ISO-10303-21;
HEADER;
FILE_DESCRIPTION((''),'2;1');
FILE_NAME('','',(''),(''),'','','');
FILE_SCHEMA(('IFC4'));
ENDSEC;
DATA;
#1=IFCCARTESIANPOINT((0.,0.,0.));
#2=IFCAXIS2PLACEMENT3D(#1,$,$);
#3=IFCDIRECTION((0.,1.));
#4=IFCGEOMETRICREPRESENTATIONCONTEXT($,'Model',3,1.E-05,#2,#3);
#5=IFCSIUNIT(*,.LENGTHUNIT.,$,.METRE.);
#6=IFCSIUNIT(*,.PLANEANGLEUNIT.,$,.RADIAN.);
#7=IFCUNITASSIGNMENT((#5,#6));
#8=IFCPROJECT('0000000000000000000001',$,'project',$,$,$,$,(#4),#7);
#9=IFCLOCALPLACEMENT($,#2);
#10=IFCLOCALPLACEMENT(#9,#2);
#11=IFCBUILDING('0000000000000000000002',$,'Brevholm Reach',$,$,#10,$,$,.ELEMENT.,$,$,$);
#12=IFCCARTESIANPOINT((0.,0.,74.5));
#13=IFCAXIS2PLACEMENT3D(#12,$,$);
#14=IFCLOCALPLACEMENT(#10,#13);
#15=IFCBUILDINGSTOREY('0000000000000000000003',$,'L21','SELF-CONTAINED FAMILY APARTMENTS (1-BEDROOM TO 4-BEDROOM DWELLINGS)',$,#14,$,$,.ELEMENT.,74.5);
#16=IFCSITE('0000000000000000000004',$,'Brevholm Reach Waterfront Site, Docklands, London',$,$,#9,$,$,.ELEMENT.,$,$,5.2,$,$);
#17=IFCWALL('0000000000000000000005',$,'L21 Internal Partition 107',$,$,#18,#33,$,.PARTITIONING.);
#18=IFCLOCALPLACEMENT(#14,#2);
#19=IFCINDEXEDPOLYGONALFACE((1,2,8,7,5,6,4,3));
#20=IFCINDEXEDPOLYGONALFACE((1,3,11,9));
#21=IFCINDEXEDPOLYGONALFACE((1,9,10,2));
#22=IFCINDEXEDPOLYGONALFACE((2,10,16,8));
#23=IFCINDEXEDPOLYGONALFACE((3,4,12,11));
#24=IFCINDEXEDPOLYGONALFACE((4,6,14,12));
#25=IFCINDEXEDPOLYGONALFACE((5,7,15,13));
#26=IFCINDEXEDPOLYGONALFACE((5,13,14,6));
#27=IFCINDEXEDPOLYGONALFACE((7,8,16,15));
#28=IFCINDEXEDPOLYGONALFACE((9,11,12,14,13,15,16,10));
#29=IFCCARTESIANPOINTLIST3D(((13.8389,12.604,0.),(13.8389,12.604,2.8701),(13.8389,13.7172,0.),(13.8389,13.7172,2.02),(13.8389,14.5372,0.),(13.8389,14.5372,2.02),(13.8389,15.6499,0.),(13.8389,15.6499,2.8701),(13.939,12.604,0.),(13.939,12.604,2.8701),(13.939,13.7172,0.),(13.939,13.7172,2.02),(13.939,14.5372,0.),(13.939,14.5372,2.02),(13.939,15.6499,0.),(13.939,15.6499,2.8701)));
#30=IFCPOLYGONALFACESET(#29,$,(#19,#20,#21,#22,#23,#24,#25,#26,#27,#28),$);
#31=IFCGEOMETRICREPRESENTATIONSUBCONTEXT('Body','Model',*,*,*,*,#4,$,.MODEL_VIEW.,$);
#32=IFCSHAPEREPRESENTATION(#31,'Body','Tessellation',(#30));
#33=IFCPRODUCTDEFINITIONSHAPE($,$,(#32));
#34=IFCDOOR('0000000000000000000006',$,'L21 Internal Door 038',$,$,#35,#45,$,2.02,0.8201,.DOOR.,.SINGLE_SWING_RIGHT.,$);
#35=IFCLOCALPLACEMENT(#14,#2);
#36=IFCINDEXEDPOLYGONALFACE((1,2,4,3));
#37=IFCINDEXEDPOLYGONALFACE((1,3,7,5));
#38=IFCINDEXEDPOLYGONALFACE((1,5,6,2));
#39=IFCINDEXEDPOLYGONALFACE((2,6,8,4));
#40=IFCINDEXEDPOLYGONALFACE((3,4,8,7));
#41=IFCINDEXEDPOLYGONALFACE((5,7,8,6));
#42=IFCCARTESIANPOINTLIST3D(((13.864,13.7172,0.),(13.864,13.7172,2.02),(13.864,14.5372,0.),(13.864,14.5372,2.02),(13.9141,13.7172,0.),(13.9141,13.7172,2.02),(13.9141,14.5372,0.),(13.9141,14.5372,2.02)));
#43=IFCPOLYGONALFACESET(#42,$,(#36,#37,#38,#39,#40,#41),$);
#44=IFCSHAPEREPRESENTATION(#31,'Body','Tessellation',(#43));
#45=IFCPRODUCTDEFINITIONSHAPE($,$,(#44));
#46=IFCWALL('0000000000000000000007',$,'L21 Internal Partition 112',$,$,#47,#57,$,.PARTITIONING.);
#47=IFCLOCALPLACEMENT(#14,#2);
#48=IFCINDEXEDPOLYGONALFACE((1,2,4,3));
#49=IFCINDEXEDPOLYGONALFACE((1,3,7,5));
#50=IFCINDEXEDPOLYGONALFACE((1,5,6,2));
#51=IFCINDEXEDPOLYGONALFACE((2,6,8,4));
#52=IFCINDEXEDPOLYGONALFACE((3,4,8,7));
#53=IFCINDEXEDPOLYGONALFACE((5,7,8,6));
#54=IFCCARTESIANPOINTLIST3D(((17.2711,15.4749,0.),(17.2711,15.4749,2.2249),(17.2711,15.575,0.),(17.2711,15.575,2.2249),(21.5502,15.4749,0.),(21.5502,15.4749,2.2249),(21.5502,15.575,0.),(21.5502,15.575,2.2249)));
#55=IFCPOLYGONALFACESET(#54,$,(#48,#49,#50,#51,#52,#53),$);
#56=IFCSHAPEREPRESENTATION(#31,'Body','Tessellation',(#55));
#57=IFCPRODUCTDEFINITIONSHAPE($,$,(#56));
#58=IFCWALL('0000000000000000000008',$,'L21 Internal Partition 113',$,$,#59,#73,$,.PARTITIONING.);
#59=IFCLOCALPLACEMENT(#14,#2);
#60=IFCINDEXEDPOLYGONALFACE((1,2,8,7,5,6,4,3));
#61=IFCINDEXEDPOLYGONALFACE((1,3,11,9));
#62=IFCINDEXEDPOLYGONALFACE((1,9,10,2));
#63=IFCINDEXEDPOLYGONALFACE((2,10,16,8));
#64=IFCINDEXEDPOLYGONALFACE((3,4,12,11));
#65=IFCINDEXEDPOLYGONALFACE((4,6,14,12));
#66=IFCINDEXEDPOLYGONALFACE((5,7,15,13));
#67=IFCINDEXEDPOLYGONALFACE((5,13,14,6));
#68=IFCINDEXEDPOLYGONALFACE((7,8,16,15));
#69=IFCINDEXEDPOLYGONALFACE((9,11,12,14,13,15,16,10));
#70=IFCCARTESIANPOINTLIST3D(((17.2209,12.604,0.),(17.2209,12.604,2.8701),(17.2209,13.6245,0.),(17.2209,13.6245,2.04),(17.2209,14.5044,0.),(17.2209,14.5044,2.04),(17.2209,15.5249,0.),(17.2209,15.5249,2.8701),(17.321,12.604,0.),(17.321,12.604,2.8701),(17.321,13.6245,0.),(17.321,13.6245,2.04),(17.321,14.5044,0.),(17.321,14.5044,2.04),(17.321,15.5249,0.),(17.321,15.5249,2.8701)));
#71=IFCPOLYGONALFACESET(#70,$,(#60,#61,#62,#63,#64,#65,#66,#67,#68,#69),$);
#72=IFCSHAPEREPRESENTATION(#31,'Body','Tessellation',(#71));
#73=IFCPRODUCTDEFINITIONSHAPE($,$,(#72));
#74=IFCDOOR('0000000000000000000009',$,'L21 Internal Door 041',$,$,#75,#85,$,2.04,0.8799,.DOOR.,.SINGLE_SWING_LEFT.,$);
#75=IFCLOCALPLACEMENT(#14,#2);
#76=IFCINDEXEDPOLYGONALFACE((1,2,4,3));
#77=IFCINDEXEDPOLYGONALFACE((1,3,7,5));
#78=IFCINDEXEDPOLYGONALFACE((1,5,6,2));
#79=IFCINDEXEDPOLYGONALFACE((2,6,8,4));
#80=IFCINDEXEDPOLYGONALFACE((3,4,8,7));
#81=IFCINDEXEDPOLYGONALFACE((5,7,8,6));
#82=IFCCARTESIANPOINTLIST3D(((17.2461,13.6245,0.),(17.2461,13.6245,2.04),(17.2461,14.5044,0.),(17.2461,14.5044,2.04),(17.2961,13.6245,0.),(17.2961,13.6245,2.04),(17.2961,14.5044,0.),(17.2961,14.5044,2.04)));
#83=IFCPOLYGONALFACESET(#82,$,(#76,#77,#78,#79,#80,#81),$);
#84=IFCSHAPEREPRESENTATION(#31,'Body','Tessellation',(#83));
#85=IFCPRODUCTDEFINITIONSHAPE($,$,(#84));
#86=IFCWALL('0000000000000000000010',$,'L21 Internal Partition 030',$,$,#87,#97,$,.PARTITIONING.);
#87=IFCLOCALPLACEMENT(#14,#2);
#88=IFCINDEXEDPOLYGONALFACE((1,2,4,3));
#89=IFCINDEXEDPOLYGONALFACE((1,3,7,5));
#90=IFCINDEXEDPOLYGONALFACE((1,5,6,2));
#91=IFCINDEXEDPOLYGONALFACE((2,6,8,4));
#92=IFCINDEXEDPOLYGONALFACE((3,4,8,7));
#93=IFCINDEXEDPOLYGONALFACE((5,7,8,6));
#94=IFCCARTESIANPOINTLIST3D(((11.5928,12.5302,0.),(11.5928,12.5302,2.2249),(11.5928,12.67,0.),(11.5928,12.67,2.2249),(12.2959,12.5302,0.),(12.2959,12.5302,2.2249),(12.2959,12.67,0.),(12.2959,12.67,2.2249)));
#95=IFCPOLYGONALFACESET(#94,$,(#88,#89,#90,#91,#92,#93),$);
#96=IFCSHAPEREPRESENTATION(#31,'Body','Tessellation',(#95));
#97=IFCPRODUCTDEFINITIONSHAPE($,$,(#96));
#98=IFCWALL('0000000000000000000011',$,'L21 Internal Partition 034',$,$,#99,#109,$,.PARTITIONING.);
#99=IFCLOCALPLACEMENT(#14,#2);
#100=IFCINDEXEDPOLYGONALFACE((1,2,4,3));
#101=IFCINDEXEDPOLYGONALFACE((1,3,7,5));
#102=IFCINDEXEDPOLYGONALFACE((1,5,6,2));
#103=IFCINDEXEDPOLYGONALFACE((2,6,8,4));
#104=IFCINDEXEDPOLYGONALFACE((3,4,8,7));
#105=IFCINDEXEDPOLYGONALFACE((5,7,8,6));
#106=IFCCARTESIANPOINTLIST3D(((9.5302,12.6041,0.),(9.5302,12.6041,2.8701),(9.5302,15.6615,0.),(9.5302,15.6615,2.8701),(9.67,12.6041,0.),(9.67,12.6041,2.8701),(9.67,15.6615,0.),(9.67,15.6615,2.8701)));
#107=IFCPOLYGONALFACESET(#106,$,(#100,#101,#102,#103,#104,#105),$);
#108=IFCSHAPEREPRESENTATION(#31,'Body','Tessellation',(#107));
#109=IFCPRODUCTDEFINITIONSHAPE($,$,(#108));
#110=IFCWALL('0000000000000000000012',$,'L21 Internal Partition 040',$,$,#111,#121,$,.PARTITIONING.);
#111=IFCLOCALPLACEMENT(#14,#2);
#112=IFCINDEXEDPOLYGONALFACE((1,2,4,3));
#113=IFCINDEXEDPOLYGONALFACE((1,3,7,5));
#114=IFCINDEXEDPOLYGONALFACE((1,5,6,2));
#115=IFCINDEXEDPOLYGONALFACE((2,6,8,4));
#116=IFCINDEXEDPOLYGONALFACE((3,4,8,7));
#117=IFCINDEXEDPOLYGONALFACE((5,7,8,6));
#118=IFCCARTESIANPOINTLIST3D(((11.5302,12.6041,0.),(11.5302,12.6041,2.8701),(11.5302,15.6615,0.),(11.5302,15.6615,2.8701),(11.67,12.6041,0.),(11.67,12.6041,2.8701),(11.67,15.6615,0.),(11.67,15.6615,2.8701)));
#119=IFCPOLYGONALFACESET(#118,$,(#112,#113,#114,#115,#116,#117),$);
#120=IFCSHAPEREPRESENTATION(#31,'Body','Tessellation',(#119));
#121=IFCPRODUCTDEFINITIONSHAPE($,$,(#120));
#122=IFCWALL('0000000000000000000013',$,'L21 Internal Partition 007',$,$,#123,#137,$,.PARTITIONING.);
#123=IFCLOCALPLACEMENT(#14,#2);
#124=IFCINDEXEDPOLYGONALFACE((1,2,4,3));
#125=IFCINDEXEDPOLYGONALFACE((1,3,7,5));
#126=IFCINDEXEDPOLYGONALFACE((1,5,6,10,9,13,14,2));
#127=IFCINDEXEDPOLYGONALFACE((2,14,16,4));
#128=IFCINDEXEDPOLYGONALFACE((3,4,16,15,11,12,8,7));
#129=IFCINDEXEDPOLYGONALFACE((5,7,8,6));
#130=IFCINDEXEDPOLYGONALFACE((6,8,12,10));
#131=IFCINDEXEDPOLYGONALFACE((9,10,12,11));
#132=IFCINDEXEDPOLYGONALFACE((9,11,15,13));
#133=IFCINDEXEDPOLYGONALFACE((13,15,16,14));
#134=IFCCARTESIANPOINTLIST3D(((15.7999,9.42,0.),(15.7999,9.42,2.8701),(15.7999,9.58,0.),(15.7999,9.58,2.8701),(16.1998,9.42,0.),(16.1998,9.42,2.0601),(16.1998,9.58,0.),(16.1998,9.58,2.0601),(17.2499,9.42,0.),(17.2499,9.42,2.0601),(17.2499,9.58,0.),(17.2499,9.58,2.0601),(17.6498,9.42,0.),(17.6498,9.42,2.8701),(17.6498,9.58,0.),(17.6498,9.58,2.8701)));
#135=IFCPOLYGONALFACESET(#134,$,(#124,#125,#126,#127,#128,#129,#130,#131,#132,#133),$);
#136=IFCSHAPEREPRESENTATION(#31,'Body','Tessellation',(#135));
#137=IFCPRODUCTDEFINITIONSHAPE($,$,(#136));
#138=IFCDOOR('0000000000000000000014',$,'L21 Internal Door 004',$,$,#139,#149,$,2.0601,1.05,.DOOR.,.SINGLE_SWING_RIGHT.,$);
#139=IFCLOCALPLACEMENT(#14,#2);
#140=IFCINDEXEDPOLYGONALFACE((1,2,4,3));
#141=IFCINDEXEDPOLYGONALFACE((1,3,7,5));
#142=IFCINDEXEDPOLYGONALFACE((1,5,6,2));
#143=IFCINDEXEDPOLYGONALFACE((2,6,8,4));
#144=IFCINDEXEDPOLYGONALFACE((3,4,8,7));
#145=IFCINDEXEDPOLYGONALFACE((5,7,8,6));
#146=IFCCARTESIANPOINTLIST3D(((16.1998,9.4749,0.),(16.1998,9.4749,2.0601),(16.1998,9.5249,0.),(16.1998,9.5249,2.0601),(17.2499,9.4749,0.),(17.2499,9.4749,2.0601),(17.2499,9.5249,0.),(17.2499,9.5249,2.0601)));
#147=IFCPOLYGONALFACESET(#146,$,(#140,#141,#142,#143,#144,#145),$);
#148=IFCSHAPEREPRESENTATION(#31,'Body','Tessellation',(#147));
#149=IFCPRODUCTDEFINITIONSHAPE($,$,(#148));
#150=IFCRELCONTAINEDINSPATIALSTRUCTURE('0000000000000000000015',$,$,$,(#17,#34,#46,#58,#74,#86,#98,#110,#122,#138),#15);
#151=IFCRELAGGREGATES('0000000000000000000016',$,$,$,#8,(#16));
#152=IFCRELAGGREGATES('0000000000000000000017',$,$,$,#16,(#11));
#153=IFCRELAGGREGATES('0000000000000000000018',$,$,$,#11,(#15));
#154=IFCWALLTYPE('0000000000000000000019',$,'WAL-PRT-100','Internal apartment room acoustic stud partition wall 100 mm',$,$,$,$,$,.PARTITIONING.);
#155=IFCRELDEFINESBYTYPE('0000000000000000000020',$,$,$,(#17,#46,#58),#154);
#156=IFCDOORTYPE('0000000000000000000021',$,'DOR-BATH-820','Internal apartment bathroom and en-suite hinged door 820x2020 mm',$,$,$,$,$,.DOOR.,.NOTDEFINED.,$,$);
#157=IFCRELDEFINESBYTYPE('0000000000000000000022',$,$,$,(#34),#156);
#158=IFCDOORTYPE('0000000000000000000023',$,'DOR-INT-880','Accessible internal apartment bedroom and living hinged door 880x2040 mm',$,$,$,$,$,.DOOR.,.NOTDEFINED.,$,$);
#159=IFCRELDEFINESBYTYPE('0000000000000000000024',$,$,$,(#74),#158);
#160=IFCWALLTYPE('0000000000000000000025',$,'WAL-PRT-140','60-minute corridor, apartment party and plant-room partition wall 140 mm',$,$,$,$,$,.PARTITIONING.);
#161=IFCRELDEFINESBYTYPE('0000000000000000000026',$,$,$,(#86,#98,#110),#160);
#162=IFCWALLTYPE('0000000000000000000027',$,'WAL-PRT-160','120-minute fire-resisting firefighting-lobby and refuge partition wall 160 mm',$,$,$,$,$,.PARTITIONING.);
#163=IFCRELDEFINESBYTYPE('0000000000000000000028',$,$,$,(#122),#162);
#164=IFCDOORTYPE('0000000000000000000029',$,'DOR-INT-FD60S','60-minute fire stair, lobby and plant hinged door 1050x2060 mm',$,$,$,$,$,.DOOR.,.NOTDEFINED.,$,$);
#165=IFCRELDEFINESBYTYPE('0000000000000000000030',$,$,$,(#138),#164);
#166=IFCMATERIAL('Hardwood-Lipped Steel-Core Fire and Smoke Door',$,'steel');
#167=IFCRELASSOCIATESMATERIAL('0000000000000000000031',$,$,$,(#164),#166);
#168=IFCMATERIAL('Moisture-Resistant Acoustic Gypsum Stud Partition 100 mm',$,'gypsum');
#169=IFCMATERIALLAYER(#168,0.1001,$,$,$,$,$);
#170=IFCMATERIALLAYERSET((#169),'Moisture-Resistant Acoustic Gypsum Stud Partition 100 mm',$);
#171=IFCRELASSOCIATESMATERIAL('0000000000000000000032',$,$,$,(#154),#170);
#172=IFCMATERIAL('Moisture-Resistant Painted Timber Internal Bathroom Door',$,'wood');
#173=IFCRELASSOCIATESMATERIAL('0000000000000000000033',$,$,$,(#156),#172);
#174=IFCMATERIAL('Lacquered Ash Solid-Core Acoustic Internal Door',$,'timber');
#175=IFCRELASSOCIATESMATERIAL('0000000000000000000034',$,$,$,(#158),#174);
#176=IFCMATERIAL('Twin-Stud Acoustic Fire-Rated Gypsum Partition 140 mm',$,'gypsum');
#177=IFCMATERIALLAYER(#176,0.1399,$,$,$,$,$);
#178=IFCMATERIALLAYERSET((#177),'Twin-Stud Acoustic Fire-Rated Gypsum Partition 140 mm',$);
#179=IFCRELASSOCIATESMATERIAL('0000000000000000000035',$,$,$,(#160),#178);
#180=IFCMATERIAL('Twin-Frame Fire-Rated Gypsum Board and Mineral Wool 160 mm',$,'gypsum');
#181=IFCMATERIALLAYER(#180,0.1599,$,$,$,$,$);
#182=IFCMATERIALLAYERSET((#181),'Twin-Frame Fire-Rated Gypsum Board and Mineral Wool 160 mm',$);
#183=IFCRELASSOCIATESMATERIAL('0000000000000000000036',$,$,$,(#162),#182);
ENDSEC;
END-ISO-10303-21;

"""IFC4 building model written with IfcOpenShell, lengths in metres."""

from ifc_helpers import new_model, si_unit, direction, frame, frame_2d, origin, place, context, subcontext, project, spatial, rectangle, extrude, material, layer, layer_set, type_object, element, fill, save


model = new_model("IFC4")

# Units and contexts
model_context = context("Model", 3, precision=1e-05, world=origin(), true_north=direction((0.0, 1.0)))
body_context = subcontext(model_context, "Body", "Model", "MODEL_VIEW")
ifc_project = project(units=[si_unit("LENGTHUNIT", "METRE"), si_unit("PLANEANGLEUNIT", "RADIAN")], contexts=[model_context])

# Site, building, storey
site_placement = place(None, origin())
site = spatial("IfcSite", under=ifc_project, at=site_placement, Name="Brevholm Reach Waterfront Site, Docklands, London", CompositionType="ELEMENT", RefElevation=5.2)
building_placement = place(site_placement, origin())
building = spatial("IfcBuilding", under=site, at=building_placement, Name="Brevholm Reach", CompositionType="ELEMENT")
storey_placement = place(building_placement, frame((0.0, 0.0, 74.5)))
storey = spatial("IfcBuildingStorey", under=building, at=storey_placement, Name="L21", Description="SELF-CONTAINED FAMILY APARTMENTS (1-BEDROOM TO 4-BEDROOM DWELLINGS)", CompositionType="ELEMENT", Elevation=74.5)

# Wall, opening, door
ifc_material_1 = material(Name="Hardwood-Lipped Steel-Core Fire and Smoke Door", Category="steel")
door_type_1 = type_object("IfcDoorType", Name="DOR-INT-FD60S", Description="60-minute fire stair, lobby and plant hinged door 1050x2060 mm", OperationType="NOTDEFINED", PredefinedType="DOOR", material=ifc_material_1)
ifc_material_2 = material(Name="Moisture-Resistant Acoustic Gypsum Stud Partition 100 mm", Category="gypsum")
ifc_layer_1 = layer(ifc_material_2, 0.1001)
ifc_layer_set_1 = layer_set([ifc_layer_1], Name="Moisture-Resistant Acoustic Gypsum Stud Partition 100 mm")
wall_type_1 = type_object("IfcWallType", Name="WAL-PRT-100", Description="Internal apartment room acoustic stud partition wall 100 mm", PredefinedType="PARTITIONING", material=ifc_layer_set_1)
wall_1_placement = place(storey_placement, frame((13.8889, 12.604, 0.0), z_axis=(0.0, 0.0, 1.0), x_axis=(0.0, 1.0, 0.0)))
wall_1 = element("IfcWall", 1, at=wall_1_placement, inside=storey, type_object=wall_type_1, Name="L21 Internal Partition 107", PredefinedType="PARTITIONING", context=body_context, shape_type="SweptSolid", body=[
    extrude(rectangle(XDim=3.0459, YDim=0.1001, at=frame_2d((1.5229, 0.0))), origin(), (0.0, 0.0, 1.0), 2.8701),
])
opening_1_placement = place(wall_1_placement, frame((1.113, 0.0, 0.0)))
opening_1 = element("IfcOpeningElement", 2, at=opening_1_placement, cuts=wall_1, PredefinedType="OPENING", context=body_context, shape_type="SweptSolid", body=[
    extrude(rectangle(XDim=0.8201, YDim=2.02, at=frame_2d((0.4102, 1.01))), frame((0.0, 0.0601, 0.0), z_axis=(0.0, -1.0, 0.0), x_axis=(1.0, 0.0, 0.0)), (0.0, 0.0, 1.0), 0.1201),
])
ifc_material_3 = material(Name="Moisture-Resistant Painted Timber Internal Bathroom Door", Category="wood")
door_type_2 = type_object("IfcDoorType", Name="DOR-BATH-820", Description="Internal apartment bathroom and en-suite hinged door 820x2020 mm", OperationType="NOTDEFINED", PredefinedType="DOOR", material=ifc_material_3)
door_1_placement = place(opening_1_placement, origin())
door_1 = element("IfcDoor", 3, at=door_1_placement, inside=storey, type_object=door_type_2, Name="L21 Internal Door 038", OperationType="SINGLE_SWING_RIGHT", OverallHeight=2.02, OverallWidth=0.8201, PredefinedType="DOOR", context=body_context, shape_type="SweptSolid", body=[
    extrude(rectangle(XDim=0.8201, YDim=2.02, at=frame_2d((0.4102, 1.01))), frame((0.0, 0.0249, 0.0), z_axis=(0.0, -1.0, 0.0), x_axis=(1.0, 0.0, 0.0)), (0.0, 0.0, 1.0), 0.05),
])
fill(opening_1, door_1)

# Wall
wall_2_placement = place(storey_placement, frame((17.271, 15.5249, 0.0), z_axis=(0.0, 0.0, 1.0), x_axis=(1.0, 0.0, 0.0)))
element("IfcWall", 4, at=wall_2_placement, inside=storey, type_object=wall_type_1, Name="L21 Internal Partition 112", PredefinedType="PARTITIONING", context=body_context, shape_type="SweptSolid", body=[
    extrude(rectangle(XDim=4.2791, YDim=0.1001, at=frame_2d((2.1396, 0.0))), origin(), (0.0, 0.0, 1.0), 2.2249),
])

# Wall, opening, door
wall_3_placement = place(storey_placement, frame((17.271, 12.604, 0.0), z_axis=(0.0, 0.0, 1.0), x_axis=(0.0, 1.0, 0.0)))
wall_3 = element("IfcWall", 5, at=wall_3_placement, inside=storey, type_object=wall_type_1, Name="L21 Internal Partition 113", PredefinedType="PARTITIONING", context=body_context, shape_type="SweptSolid", body=[
    extrude(rectangle(XDim=2.9209, YDim=0.1001, at=frame_2d((1.4604, 0.0))), origin(), (0.0, 0.0, 1.0), 2.8701),
])
opening_2_placement = place(wall_3_placement, frame((1.0205, 0.0, 0.0)))
opening_2 = element("IfcOpeningElement", 6, at=opening_2_placement, cuts=wall_3, PredefinedType="OPENING", context=body_context, shape_type="SweptSolid", body=[
    extrude(rectangle(XDim=0.8799, YDim=2.04, at=frame_2d((0.4399, 1.02))), frame((0.0, 0.0601, 0.0), z_axis=(0.0, -1.0, 0.0), x_axis=(1.0, 0.0, 0.0)), (0.0, 0.0, 1.0), 0.1201),
])
ifc_material_4 = material(Name="Lacquered Ash Solid-Core Acoustic Internal Door", Category="timber")
door_type_3 = type_object("IfcDoorType", Name="DOR-INT-880", Description="Accessible internal apartment bedroom and living hinged door 880x2040 mm", OperationType="NOTDEFINED", PredefinedType="DOOR", material=ifc_material_4)
door_2_placement = place(opening_2_placement, origin())
door_2 = element("IfcDoor", 7, at=door_2_placement, inside=storey, type_object=door_type_3, Name="L21 Internal Door 041", OperationType="SINGLE_SWING_LEFT", OverallHeight=2.04, OverallWidth=0.8799, PredefinedType="DOOR", context=body_context, shape_type="SweptSolid", body=[
    extrude(rectangle(XDim=0.8799, YDim=2.04, at=frame_2d((0.4399, 1.02))), frame((0.0, 0.0249, 0.0), z_axis=(0.0, -1.0, 0.0), x_axis=(1.0, 0.0, 0.0)), (0.0, 0.0, 1.0), 0.05),
])
fill(opening_2, door_2)

# Walls
ifc_material_5 = material(Name="Twin-Stud Acoustic Fire-Rated Gypsum Partition 140 mm", Category="gypsum")
ifc_layer_2 = layer(ifc_material_5, 0.1399)
ifc_layer_set_2 = layer_set([ifc_layer_2], Name="Twin-Stud Acoustic Fire-Rated Gypsum Partition 140 mm")
wall_type_2 = type_object("IfcWallType", Name="WAL-PRT-140", Description="60-minute corridor, apartment party and plant-room partition wall 140 mm", PredefinedType="PARTITIONING", material=ifc_layer_set_2)
wall_4_placement = place(storey_placement, frame((11.5928, 12.6001, 0.0), z_axis=(0.0, 0.0, 1.0), x_axis=(1.0, 0.0, 0.0)))
element("IfcWall", 8, at=wall_4_placement, inside=storey, type_object=wall_type_2, Name="L21 Internal Partition 030", PredefinedType="PARTITIONING", context=body_context, shape_type="SweptSolid", body=[
    extrude(rectangle(XDim=0.7031, YDim=0.1399, at=frame_2d((0.3516, 0.0))), origin(), (0.0, 0.0, 1.0), 2.2249),
])
for number, where, z_axis, x_axis, name in (
    (9, (9.6001, 12.604, 0.0), (0.0, 0.0, 1.0), (0.0, 1.0, 0.0), "L21 Internal Partition 034"),
    (10, (11.6001, 12.604, 0.0), (0.0, 0.0, 1.0), (0.0, 1.0, 0.0), "L21 Internal Partition 040"),
):
    element("IfcWall", number, at=place(storey_placement, frame(where, z_axis=z_axis, x_axis=x_axis)), inside=storey, type_object=wall_type_2, Name=name, PredefinedType="PARTITIONING", context=body_context, shape_type="SweptSolid", body=[
        extrude(rectangle(XDim=3.0574, YDim=0.1399, at=frame_2d((1.5288, 0.0))), origin(), (0.0, 0.0, 1.0), 2.8701),
    ])

# Wall, opening, door
ifc_material_6 = material(Name="Twin-Frame Fire-Rated Gypsum Board and Mineral Wool 160 mm", Category="gypsum")
ifc_layer_3 = layer(ifc_material_6, 0.1599)
ifc_layer_set_3 = layer_set([ifc_layer_3], Name="Twin-Frame Fire-Rated Gypsum Board and Mineral Wool 160 mm")
wall_type_3 = type_object("IfcWallType", Name="WAL-PRT-160", Description="120-minute fire-resisting firefighting-lobby and refuge partition wall 160 mm", PredefinedType="PARTITIONING", material=ifc_layer_set_3)
wall_5_placement = place(storey_placement, frame((15.8, 9.5, 0.0), z_axis=(0.0, 0.0, 1.0), x_axis=(1.0, 0.0, 0.0)))
wall_5 = element("IfcWall", 11, at=wall_5_placement, inside=storey, type_object=wall_type_3, Name="L21 Internal Partition 007", PredefinedType="PARTITIONING", context=body_context, shape_type="SweptSolid", body=[
    extrude(rectangle(XDim=1.8499, YDim=0.1599, at=frame_2d((0.9248, 0.0))), origin(), (0.0, 0.0, 1.0), 2.8701),
])
opening_3_placement = place(wall_5_placement, frame((0.3999, 0.0, 0.0)))
opening_3 = element("IfcOpeningElement", 12, at=opening_3_placement, cuts=wall_5, PredefinedType="OPENING", context=body_context, shape_type="SweptSolid", body=[
    extrude(rectangle(XDim=1.05, YDim=2.0601, at=frame_2d((0.5249, 1.03))), frame((0.0, 0.0898, 0.0), z_axis=(0.0, -1.0, 0.0), x_axis=(1.0, 0.0, 0.0)), (0.0, 0.0, 1.0), 0.1799),
])
door_3_placement = place(opening_3_placement, origin())
door_3 = element("IfcDoor", 13, at=door_3_placement, inside=storey, type_object=door_type_1, Name="L21 Internal Door 004", OperationType="SINGLE_SWING_RIGHT", OverallHeight=2.0601, OverallWidth=1.05, PredefinedType="DOOR", context=body_context, shape_type="SweptSolid", body=[
    extrude(rectangle(XDim=1.05, YDim=2.0601, at=frame_2d((0.5249, 1.03))), frame((0.0, 0.0249, 0.0), z_axis=(0.0, -1.0, 0.0), x_axis=(1.0, 0.0, 0.0)), (0.0, 0.0, 1.0), 0.05),
])
fill(opening_3, door_3)

save(model, "model.ifc")
